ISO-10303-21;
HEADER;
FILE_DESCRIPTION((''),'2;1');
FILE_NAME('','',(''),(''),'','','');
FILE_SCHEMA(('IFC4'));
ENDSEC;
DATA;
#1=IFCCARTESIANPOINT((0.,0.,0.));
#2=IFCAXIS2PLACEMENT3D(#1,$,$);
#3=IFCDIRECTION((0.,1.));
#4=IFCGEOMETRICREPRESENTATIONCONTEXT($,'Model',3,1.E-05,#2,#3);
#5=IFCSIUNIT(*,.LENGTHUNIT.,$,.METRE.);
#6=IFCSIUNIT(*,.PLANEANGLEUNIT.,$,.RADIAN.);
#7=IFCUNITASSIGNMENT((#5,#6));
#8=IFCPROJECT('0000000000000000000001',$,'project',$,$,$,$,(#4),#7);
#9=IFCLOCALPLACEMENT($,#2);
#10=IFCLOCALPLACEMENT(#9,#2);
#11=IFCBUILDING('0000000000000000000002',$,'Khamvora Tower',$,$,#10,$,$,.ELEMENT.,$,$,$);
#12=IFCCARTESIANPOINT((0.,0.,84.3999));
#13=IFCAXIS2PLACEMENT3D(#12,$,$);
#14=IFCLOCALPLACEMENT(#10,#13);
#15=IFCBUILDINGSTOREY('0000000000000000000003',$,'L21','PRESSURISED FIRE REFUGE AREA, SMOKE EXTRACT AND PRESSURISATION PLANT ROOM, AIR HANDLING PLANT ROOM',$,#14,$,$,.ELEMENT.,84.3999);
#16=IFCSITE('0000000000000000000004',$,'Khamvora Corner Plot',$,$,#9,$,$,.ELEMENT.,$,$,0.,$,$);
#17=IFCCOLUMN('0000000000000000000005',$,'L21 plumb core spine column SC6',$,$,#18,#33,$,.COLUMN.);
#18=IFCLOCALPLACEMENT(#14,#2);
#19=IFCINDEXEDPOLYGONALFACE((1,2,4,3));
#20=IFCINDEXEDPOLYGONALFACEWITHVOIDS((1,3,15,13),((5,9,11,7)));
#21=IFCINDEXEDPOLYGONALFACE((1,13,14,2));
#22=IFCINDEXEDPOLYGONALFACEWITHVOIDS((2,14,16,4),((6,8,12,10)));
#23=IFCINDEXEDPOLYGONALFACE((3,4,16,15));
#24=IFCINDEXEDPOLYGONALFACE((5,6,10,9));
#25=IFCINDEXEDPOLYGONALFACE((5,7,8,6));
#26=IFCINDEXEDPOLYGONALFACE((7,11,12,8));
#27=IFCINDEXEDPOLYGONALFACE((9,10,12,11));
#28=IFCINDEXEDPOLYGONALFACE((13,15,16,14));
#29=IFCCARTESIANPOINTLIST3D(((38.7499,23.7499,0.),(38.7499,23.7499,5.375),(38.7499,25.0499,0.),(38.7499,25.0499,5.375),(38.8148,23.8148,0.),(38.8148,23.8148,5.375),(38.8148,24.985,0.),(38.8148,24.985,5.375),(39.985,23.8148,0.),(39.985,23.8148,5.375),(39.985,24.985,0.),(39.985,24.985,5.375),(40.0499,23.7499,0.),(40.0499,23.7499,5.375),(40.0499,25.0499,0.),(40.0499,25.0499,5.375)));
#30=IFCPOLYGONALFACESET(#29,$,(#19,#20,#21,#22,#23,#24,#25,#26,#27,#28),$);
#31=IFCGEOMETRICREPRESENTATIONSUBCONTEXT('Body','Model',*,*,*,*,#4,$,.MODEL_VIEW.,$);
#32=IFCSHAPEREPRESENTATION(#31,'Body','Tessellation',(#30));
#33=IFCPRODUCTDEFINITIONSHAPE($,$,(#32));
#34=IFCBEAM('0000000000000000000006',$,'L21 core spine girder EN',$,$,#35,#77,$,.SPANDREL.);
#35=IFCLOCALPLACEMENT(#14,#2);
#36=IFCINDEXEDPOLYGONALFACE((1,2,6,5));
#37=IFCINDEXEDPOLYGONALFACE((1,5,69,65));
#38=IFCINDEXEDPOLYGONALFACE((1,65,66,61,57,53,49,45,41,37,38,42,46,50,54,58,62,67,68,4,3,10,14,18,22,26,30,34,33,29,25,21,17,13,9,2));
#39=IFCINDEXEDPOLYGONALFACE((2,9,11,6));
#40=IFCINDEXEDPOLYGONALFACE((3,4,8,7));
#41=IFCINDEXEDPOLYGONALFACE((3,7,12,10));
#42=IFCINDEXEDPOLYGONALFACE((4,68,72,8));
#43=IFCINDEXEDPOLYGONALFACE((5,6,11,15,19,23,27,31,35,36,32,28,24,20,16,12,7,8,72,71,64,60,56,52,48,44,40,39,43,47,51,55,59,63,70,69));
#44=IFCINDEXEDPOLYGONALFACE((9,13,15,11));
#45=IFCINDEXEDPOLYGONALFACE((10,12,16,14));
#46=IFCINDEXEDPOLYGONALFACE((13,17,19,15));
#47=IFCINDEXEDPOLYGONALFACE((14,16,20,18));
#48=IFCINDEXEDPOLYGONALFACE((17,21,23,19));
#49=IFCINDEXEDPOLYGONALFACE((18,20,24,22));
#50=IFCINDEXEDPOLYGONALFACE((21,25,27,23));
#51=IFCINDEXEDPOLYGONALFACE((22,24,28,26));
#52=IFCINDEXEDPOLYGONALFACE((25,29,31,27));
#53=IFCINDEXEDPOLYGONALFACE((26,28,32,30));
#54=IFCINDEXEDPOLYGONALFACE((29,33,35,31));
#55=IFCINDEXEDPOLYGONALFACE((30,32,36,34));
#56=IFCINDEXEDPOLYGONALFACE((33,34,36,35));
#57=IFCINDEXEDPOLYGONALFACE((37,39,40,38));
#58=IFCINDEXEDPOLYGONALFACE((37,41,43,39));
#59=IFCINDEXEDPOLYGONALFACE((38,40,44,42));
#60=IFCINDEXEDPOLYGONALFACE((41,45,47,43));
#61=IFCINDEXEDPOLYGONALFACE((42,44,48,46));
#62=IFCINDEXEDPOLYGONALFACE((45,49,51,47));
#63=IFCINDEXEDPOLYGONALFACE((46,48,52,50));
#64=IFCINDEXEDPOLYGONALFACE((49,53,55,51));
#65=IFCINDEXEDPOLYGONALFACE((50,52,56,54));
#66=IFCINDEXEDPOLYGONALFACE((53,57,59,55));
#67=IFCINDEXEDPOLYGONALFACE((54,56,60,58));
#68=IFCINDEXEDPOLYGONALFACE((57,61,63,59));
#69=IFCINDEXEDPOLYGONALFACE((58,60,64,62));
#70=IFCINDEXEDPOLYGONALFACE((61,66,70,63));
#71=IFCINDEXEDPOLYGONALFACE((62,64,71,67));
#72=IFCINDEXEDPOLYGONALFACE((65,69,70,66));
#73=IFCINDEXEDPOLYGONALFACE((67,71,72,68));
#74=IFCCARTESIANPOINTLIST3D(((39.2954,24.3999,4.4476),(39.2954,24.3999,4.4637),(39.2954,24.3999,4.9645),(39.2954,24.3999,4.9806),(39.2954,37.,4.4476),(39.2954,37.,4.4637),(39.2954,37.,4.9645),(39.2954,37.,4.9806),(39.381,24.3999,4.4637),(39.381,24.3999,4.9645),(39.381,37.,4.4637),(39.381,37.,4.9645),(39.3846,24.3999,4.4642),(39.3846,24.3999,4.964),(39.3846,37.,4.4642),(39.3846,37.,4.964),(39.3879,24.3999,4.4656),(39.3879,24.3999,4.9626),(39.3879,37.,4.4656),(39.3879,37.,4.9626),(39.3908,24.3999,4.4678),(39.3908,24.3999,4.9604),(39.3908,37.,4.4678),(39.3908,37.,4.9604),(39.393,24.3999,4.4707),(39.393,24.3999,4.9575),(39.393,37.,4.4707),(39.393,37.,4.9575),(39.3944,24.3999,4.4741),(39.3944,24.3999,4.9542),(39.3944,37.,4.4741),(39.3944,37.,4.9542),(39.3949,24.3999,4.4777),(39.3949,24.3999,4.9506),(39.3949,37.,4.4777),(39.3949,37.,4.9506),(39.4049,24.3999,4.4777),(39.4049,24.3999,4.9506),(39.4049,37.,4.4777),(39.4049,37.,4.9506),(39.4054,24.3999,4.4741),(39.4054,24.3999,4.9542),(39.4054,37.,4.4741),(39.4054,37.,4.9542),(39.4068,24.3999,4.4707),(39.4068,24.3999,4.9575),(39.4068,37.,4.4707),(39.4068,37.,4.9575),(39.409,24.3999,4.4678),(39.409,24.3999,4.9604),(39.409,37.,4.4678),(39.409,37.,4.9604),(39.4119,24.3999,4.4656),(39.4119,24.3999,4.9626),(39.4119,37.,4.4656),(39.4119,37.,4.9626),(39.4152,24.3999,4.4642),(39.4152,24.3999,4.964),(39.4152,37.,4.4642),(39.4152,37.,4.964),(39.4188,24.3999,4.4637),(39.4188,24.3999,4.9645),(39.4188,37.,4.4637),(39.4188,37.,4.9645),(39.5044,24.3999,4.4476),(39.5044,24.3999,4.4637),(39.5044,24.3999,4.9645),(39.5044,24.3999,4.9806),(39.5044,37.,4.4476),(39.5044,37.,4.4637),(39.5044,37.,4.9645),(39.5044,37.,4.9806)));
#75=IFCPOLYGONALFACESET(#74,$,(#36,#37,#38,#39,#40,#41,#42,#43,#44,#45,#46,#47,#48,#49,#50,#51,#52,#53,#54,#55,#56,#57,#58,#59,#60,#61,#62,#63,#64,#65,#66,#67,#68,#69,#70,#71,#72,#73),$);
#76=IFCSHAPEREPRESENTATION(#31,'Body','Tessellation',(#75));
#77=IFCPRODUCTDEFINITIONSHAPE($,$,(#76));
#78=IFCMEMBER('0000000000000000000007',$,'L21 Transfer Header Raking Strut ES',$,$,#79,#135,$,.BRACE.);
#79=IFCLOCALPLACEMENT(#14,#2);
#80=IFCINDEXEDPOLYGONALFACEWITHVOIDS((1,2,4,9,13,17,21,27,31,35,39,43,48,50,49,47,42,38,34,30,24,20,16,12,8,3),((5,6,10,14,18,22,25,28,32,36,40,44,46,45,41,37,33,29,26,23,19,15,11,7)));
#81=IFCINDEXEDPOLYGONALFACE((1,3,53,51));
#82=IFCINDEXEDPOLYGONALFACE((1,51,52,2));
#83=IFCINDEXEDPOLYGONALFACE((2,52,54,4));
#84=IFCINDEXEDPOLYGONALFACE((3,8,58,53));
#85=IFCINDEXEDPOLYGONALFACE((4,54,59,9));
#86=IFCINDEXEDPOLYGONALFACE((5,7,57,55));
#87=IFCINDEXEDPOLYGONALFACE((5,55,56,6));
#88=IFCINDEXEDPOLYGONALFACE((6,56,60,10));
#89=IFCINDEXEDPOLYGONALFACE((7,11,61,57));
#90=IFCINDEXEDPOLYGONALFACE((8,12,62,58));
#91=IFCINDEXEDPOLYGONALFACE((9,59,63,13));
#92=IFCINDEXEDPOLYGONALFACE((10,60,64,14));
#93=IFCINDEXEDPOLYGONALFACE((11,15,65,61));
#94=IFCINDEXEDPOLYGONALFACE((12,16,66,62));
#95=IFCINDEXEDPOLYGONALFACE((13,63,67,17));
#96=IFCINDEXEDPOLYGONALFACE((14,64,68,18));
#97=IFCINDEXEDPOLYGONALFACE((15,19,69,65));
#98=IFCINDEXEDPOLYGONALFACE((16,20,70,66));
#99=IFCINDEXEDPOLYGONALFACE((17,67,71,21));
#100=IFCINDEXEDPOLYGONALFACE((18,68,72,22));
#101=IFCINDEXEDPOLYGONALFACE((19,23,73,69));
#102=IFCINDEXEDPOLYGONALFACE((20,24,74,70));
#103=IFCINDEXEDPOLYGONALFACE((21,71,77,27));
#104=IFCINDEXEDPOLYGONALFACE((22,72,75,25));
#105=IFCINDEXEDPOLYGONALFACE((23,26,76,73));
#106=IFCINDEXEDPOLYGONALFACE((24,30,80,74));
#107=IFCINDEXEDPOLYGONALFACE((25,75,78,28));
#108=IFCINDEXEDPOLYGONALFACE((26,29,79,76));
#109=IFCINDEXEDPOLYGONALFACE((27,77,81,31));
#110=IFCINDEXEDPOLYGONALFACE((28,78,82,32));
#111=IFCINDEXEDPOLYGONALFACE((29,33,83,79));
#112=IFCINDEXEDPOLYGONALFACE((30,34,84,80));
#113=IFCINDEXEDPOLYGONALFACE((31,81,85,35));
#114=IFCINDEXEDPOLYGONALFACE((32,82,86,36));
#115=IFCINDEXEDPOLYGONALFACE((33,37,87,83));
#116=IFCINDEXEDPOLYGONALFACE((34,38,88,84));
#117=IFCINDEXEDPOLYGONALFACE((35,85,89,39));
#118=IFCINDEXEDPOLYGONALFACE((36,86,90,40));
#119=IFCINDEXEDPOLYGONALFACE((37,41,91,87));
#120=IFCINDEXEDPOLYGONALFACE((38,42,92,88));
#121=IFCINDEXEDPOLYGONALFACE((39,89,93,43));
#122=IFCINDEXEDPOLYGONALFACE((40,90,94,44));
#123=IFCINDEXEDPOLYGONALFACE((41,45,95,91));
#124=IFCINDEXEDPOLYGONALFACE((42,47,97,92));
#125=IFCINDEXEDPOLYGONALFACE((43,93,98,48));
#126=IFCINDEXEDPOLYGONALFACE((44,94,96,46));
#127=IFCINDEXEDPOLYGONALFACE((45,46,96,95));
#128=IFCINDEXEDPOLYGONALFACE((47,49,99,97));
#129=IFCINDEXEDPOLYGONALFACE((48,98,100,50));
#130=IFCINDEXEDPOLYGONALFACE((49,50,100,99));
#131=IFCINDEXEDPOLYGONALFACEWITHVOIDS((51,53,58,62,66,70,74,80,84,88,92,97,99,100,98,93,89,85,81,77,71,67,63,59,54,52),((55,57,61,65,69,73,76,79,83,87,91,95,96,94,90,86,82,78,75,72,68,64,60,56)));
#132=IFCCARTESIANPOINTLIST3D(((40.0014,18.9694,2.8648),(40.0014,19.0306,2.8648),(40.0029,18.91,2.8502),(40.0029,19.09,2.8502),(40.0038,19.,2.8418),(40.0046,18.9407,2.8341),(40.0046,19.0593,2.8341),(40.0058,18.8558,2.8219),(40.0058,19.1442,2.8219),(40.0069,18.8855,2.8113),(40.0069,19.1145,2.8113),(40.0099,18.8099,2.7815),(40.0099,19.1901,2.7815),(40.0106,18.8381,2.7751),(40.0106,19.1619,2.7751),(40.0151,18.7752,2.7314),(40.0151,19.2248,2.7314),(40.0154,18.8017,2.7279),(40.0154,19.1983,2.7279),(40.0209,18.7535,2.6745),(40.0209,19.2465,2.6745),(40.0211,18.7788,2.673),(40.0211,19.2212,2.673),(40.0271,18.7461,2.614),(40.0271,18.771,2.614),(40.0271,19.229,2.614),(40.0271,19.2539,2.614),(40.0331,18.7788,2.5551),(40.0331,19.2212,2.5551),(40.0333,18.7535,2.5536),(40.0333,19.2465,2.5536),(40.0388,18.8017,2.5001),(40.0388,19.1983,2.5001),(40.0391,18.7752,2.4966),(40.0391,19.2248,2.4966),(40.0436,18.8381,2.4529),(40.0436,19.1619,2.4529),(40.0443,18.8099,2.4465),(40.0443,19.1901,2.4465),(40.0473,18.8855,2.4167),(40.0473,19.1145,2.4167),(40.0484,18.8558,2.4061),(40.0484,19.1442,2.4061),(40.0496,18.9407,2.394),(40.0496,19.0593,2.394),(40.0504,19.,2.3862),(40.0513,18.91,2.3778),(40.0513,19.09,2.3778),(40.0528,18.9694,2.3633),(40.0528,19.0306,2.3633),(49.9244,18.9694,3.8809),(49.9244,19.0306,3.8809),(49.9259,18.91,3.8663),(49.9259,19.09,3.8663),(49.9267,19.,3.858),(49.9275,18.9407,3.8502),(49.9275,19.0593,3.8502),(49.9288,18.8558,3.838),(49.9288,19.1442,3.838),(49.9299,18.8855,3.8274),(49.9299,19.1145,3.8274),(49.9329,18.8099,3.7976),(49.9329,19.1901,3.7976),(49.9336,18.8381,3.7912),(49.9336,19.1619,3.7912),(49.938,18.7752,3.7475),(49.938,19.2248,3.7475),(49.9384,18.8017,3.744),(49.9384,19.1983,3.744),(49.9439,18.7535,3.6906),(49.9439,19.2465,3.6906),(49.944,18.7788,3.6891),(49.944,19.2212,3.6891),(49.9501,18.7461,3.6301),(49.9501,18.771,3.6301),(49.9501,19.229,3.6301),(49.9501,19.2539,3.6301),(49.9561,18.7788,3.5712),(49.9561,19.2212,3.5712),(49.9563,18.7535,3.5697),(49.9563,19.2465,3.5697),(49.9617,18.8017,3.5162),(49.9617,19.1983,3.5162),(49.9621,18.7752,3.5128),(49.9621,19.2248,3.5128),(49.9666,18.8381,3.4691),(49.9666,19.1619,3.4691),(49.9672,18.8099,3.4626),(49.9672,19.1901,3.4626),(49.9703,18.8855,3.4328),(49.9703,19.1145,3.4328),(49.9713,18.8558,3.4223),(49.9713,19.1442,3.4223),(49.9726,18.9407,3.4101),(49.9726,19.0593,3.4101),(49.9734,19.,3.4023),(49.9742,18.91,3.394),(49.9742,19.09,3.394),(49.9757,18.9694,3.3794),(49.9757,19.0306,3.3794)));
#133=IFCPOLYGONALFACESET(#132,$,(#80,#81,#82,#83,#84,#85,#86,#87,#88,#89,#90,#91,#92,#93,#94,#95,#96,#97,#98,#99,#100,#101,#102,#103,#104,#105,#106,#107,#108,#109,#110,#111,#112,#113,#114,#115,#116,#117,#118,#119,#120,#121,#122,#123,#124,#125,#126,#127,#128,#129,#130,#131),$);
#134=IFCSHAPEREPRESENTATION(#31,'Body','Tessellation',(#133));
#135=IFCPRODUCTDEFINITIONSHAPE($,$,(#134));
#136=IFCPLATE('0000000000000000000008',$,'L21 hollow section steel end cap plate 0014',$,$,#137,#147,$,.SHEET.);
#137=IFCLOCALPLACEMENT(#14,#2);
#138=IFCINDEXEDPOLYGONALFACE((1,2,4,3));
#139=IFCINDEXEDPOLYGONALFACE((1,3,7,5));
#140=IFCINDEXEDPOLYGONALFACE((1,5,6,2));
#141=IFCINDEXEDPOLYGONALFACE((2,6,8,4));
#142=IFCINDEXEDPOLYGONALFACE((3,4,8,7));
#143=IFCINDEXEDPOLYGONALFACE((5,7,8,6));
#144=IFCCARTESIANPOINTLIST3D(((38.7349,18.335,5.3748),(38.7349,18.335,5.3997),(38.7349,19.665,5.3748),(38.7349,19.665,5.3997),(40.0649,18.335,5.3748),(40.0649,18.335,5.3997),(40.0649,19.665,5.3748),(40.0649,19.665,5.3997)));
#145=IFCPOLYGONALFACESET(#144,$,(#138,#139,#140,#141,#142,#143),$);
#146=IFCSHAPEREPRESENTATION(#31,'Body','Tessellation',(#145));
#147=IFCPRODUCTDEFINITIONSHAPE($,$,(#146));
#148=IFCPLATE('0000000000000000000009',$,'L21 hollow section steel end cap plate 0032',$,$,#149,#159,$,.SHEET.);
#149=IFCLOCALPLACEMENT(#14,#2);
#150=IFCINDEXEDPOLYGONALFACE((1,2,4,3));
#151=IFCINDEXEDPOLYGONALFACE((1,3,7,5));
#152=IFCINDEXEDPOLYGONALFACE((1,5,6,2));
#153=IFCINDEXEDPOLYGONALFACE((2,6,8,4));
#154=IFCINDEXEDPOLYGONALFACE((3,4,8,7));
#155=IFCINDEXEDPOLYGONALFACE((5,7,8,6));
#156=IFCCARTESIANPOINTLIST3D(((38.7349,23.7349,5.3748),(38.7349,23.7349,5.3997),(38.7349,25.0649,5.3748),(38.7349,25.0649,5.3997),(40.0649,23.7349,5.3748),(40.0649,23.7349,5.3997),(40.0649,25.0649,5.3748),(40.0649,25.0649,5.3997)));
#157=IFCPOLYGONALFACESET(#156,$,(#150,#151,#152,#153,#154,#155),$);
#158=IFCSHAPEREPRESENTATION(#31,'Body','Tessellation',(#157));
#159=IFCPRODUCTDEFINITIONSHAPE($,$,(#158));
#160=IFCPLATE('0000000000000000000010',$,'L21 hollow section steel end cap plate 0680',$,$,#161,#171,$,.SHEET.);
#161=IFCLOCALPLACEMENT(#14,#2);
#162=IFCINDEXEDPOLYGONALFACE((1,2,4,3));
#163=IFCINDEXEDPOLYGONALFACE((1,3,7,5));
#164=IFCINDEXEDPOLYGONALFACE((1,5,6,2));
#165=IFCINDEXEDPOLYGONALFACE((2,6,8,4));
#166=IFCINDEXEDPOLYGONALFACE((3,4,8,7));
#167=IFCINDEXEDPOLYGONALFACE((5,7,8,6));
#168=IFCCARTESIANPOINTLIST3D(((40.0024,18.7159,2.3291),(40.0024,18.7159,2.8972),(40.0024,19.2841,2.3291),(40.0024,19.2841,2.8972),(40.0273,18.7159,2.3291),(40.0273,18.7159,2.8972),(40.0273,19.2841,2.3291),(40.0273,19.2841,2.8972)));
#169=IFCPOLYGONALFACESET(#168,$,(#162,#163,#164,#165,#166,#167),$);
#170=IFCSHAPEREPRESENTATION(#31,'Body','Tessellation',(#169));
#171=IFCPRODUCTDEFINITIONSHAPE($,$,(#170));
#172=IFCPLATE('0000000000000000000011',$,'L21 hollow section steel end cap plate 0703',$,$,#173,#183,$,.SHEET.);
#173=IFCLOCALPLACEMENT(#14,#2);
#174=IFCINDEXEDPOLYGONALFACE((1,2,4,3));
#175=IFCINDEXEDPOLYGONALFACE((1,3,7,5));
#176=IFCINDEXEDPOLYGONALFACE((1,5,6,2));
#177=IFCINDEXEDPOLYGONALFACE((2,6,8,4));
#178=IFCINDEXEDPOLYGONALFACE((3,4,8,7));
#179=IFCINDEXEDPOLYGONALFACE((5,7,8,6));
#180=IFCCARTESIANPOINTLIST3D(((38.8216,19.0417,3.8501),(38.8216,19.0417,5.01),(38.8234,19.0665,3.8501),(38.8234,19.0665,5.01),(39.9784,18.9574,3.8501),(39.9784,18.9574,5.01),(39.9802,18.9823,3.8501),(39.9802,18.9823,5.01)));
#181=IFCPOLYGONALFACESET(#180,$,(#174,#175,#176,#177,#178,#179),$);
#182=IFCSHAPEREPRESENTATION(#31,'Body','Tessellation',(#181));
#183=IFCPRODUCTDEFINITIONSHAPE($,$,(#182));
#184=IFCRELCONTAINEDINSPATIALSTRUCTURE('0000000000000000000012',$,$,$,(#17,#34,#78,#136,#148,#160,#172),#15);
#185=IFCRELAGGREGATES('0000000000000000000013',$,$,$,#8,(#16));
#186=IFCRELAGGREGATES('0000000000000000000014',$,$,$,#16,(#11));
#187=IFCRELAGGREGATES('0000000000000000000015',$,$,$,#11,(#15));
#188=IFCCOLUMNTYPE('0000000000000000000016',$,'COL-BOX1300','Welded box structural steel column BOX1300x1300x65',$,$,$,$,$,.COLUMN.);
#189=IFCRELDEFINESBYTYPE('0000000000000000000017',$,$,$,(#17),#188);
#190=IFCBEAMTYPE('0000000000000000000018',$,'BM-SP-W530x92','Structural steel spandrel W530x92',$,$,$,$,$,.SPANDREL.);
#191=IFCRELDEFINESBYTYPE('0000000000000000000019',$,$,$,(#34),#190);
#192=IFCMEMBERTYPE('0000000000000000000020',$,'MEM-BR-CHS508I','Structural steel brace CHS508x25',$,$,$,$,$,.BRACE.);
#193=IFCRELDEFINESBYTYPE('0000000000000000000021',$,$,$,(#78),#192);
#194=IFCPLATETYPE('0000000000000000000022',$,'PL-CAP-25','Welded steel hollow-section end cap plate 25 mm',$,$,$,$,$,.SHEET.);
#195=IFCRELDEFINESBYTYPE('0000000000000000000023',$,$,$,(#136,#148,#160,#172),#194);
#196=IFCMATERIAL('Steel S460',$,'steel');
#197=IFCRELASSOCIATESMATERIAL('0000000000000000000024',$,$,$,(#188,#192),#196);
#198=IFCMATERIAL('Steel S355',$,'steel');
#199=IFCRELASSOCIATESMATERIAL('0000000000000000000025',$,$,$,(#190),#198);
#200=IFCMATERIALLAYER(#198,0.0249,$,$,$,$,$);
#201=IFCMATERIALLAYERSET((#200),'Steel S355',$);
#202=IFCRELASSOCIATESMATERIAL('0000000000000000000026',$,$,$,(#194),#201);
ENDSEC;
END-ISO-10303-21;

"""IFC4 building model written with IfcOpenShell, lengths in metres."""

from ifc_helpers import new_model, si_unit, direction, frame, origin, origin_2d, place, context, subcontext, project, spatial, rectangle, hollow_rectangle, hollow_circle, i_section, extrude, material, layer, layer_set, material_profile, profile_set, type_object, element, save


model = new_model("IFC4")

# Units and contexts
model_context = context("Model", 3, precision=1e-05, world=origin(), true_north=direction((0.0, 1.0)))
body_context = subcontext(model_context, "Body", "Model", "MODEL_VIEW")
ifc_project = project(units=[si_unit("LENGTHUNIT", "METRE"), si_unit("PLANEANGLEUNIT", "RADIAN")], contexts=[model_context])

# Site, building, storey
site_placement = place(None, origin())
site = spatial("IfcSite", under=ifc_project, at=site_placement, Name="Khamvora Corner Plot", CompositionType="ELEMENT", RefElevation=0.0)
building_placement = place(site_placement, origin())
building = spatial("IfcBuilding", under=site, at=building_placement, Name="Khamvora Tower", CompositionType="ELEMENT")
storey_placement = place(building_placement, frame((0.0, 0.0, 84.3999)))
storey = spatial("IfcBuildingStorey", under=building, at=storey_placement, Name="L21", Description="PRESSURISED FIRE REFUGE AREA, SMOKE EXTRACT AND PRESSURISATION PLANT ROOM, AIR HANDLING PLANT ROOM", CompositionType="ELEMENT", Elevation=84.3999)

# Column
ifc_material_1 = material(Name="Steel S460", Category="steel")
ifc_material_profile_1 = material_profile(ifc_material_1, hollow_rectangle(XDim=1.3, YDim=1.3, WallThickness=0.0649, at=origin_2d()), Name="BOX1300x1300x65")
ifc_profile_set_1 = profile_set([ifc_material_profile_1], Name="Steel S460")
column_type = type_object("IfcColumnType", Name="COL-BOX1300", Description="Welded box structural steel column BOX1300x1300x65", PredefinedType="COLUMN", material=ifc_profile_set_1)
column_placement = place(storey_placement, frame((39.3999, 24.3999, 0.0), z_axis=(0.0, 0.0, 1.0), x_axis=(1.0, 0.0, 0.0)))
element("IfcColumn", 1, at=column_placement, inside=storey, type_object=column_type, Name="L21 plumb core spine column SC6", PredefinedType="COLUMN", context=body_context, shape_type="SweptSolid", body=[
    extrude(hollow_rectangle(XDim=1.3, YDim=1.3, WallThickness=0.0649, at=origin_2d()), origin(), (0.0, 0.0, 1.0), 5.375),
])

# Beam
ifc_material_2 = material(Name="Steel S355", Category="steel")
ifc_material_profile_2 = material_profile(ifc_material_2, i_section(OverallWidth=0.209, OverallDepth=0.533, WebThickness=0.01, FlangeThickness=0.0161, FilletRadius=0.0139, at=origin_2d()), Name="W530x92")
ifc_profile_set_2 = profile_set([ifc_material_profile_2], Name="Steel S355")
beam_type = type_object("IfcBeamType", Name="BM-SP-W530x92", Description="Structural steel spandrel W530x92", PredefinedType="SPANDREL", material=ifc_profile_set_2)
beam_placement = place(storey_placement, frame((39.3999, 24.3999, 4.7141), z_axis=(0.0, 1.0, 0.0), x_axis=(-1.0, 0.0, 0.0)))
element("IfcBeam", 2, at=beam_placement, inside=storey, type_object=beam_type, Name="L21 core spine girder EN", PredefinedType="SPANDREL", context=body_context, shape_type="SweptSolid", body=[
    extrude(i_section(OverallWidth=0.209, OverallDepth=0.533, WebThickness=0.01, FlangeThickness=0.0161, FilletRadius=0.0139, at=origin_2d()), origin(), (0.0, 0.0, 1.0), 12.6001),
])

# Member
ifc_material_profile_3 = material_profile(ifc_material_1, hollow_circle(Radius=0.2539, WallThickness=0.0249, at=origin_2d()), Name="CHS508x25")
ifc_profile_set_3 = profile_set([ifc_material_profile_3], Name="Steel S460")
member_type = type_object("IfcMemberType", Name="MEM-BR-CHS508I", Description="Structural steel brace CHS508x25", PredefinedType="BRACE", material=ifc_profile_set_3)
member_placement = place(storey_placement, frame((40.0271, 19.0, 2.614), z_axis=(0.994798, 0.0, 0.101869), x_axis=(0.0, 1.0, 0.0)))
element("IfcMember", 3, at=member_placement, inside=storey, type_object=member_type, Name="L21 Transfer Header Raking Strut ES", PredefinedType="BRACE", context=body_context, shape_type="SweptSolid", body=[
    extrude(hollow_circle(Radius=0.2539, WallThickness=0.0249, at=origin_2d()), origin(), (0.0, 0.0, 1.0), 9.9749),
])

# Plates
ifc_layer_1 = layer(ifc_material_2, 0.0249)
ifc_layer_set_1 = layer_set([ifc_layer_1], Name="Steel S355")
plate_type_1 = type_object("IfcPlateType", Name="PL-CAP-25", Description="Welded steel hollow-section end cap plate 25 mm", PredefinedType="SHEET", material=ifc_layer_set_1)
for number, where, z_axis, x_axis, name in (
    (4, (39.3999, 19.0, 5.3748), (0.0, 0.0, 1.0), (1.0, 0.0, 0.0), "L21 hollow section steel end cap plate 0014"),
    (5, (39.3999, 24.3999, 5.3748), (0.0, 0.0, 1.0), (1.0, 0.0, 0.0), "L21 hollow section steel end cap plate 0032"),
):
    element("IfcPlate", number, at=place(storey_placement, frame(where, z_axis=z_axis, x_axis=x_axis)), inside=storey, type_object=plate_type_1, Name=name, PredefinedType="SHEET", context=body_context, shape_type="SweptSolid", body=[
        extrude(rectangle(XDim=1.3301, YDim=1.3301, at=origin_2d()), origin(), (0.0, 0.0, 1.0), 0.0249),
    ])
plate_1_placement = place(storey_placement, frame((40.0149, 19.0, 2.3291), z_axis=(0.0, 0.0, 1.0), x_axis=(1.0, 0.0, 0.0)))
element("IfcPlate", 6, at=plate_1_placement, inside=storey, type_object=plate_type_1, Name="L21 hollow section steel end cap plate 0680", PredefinedType="SHEET", context=body_context, shape_type="SweptSolid", body=[
    extrude(rectangle(XDim=0.0249, YDim=0.5681, at=origin_2d()), origin(), (0.0, 0.0, 1.0), 0.5681),
])
plate_2_placement = place(storey_placement, frame((39.4009, 19.012, 3.8501), z_axis=(0.0, 0.0, 1.0), x_axis=(-0.072629, -0.997359, 0.0)))
element("IfcPlate", 7, at=plate_2_placement, inside=storey, type_object=plate_type_1, Name="L21 hollow section steel end cap plate 0703", PredefinedType="SHEET", context=body_context, shape_type="SweptSolid", body=[
    extrude(rectangle(XDim=0.0249, YDim=1.1599, at=origin_2d()), origin(), (0.0, 0.0, 1.0), 1.1599),
])

save(model, "model.ifc")
